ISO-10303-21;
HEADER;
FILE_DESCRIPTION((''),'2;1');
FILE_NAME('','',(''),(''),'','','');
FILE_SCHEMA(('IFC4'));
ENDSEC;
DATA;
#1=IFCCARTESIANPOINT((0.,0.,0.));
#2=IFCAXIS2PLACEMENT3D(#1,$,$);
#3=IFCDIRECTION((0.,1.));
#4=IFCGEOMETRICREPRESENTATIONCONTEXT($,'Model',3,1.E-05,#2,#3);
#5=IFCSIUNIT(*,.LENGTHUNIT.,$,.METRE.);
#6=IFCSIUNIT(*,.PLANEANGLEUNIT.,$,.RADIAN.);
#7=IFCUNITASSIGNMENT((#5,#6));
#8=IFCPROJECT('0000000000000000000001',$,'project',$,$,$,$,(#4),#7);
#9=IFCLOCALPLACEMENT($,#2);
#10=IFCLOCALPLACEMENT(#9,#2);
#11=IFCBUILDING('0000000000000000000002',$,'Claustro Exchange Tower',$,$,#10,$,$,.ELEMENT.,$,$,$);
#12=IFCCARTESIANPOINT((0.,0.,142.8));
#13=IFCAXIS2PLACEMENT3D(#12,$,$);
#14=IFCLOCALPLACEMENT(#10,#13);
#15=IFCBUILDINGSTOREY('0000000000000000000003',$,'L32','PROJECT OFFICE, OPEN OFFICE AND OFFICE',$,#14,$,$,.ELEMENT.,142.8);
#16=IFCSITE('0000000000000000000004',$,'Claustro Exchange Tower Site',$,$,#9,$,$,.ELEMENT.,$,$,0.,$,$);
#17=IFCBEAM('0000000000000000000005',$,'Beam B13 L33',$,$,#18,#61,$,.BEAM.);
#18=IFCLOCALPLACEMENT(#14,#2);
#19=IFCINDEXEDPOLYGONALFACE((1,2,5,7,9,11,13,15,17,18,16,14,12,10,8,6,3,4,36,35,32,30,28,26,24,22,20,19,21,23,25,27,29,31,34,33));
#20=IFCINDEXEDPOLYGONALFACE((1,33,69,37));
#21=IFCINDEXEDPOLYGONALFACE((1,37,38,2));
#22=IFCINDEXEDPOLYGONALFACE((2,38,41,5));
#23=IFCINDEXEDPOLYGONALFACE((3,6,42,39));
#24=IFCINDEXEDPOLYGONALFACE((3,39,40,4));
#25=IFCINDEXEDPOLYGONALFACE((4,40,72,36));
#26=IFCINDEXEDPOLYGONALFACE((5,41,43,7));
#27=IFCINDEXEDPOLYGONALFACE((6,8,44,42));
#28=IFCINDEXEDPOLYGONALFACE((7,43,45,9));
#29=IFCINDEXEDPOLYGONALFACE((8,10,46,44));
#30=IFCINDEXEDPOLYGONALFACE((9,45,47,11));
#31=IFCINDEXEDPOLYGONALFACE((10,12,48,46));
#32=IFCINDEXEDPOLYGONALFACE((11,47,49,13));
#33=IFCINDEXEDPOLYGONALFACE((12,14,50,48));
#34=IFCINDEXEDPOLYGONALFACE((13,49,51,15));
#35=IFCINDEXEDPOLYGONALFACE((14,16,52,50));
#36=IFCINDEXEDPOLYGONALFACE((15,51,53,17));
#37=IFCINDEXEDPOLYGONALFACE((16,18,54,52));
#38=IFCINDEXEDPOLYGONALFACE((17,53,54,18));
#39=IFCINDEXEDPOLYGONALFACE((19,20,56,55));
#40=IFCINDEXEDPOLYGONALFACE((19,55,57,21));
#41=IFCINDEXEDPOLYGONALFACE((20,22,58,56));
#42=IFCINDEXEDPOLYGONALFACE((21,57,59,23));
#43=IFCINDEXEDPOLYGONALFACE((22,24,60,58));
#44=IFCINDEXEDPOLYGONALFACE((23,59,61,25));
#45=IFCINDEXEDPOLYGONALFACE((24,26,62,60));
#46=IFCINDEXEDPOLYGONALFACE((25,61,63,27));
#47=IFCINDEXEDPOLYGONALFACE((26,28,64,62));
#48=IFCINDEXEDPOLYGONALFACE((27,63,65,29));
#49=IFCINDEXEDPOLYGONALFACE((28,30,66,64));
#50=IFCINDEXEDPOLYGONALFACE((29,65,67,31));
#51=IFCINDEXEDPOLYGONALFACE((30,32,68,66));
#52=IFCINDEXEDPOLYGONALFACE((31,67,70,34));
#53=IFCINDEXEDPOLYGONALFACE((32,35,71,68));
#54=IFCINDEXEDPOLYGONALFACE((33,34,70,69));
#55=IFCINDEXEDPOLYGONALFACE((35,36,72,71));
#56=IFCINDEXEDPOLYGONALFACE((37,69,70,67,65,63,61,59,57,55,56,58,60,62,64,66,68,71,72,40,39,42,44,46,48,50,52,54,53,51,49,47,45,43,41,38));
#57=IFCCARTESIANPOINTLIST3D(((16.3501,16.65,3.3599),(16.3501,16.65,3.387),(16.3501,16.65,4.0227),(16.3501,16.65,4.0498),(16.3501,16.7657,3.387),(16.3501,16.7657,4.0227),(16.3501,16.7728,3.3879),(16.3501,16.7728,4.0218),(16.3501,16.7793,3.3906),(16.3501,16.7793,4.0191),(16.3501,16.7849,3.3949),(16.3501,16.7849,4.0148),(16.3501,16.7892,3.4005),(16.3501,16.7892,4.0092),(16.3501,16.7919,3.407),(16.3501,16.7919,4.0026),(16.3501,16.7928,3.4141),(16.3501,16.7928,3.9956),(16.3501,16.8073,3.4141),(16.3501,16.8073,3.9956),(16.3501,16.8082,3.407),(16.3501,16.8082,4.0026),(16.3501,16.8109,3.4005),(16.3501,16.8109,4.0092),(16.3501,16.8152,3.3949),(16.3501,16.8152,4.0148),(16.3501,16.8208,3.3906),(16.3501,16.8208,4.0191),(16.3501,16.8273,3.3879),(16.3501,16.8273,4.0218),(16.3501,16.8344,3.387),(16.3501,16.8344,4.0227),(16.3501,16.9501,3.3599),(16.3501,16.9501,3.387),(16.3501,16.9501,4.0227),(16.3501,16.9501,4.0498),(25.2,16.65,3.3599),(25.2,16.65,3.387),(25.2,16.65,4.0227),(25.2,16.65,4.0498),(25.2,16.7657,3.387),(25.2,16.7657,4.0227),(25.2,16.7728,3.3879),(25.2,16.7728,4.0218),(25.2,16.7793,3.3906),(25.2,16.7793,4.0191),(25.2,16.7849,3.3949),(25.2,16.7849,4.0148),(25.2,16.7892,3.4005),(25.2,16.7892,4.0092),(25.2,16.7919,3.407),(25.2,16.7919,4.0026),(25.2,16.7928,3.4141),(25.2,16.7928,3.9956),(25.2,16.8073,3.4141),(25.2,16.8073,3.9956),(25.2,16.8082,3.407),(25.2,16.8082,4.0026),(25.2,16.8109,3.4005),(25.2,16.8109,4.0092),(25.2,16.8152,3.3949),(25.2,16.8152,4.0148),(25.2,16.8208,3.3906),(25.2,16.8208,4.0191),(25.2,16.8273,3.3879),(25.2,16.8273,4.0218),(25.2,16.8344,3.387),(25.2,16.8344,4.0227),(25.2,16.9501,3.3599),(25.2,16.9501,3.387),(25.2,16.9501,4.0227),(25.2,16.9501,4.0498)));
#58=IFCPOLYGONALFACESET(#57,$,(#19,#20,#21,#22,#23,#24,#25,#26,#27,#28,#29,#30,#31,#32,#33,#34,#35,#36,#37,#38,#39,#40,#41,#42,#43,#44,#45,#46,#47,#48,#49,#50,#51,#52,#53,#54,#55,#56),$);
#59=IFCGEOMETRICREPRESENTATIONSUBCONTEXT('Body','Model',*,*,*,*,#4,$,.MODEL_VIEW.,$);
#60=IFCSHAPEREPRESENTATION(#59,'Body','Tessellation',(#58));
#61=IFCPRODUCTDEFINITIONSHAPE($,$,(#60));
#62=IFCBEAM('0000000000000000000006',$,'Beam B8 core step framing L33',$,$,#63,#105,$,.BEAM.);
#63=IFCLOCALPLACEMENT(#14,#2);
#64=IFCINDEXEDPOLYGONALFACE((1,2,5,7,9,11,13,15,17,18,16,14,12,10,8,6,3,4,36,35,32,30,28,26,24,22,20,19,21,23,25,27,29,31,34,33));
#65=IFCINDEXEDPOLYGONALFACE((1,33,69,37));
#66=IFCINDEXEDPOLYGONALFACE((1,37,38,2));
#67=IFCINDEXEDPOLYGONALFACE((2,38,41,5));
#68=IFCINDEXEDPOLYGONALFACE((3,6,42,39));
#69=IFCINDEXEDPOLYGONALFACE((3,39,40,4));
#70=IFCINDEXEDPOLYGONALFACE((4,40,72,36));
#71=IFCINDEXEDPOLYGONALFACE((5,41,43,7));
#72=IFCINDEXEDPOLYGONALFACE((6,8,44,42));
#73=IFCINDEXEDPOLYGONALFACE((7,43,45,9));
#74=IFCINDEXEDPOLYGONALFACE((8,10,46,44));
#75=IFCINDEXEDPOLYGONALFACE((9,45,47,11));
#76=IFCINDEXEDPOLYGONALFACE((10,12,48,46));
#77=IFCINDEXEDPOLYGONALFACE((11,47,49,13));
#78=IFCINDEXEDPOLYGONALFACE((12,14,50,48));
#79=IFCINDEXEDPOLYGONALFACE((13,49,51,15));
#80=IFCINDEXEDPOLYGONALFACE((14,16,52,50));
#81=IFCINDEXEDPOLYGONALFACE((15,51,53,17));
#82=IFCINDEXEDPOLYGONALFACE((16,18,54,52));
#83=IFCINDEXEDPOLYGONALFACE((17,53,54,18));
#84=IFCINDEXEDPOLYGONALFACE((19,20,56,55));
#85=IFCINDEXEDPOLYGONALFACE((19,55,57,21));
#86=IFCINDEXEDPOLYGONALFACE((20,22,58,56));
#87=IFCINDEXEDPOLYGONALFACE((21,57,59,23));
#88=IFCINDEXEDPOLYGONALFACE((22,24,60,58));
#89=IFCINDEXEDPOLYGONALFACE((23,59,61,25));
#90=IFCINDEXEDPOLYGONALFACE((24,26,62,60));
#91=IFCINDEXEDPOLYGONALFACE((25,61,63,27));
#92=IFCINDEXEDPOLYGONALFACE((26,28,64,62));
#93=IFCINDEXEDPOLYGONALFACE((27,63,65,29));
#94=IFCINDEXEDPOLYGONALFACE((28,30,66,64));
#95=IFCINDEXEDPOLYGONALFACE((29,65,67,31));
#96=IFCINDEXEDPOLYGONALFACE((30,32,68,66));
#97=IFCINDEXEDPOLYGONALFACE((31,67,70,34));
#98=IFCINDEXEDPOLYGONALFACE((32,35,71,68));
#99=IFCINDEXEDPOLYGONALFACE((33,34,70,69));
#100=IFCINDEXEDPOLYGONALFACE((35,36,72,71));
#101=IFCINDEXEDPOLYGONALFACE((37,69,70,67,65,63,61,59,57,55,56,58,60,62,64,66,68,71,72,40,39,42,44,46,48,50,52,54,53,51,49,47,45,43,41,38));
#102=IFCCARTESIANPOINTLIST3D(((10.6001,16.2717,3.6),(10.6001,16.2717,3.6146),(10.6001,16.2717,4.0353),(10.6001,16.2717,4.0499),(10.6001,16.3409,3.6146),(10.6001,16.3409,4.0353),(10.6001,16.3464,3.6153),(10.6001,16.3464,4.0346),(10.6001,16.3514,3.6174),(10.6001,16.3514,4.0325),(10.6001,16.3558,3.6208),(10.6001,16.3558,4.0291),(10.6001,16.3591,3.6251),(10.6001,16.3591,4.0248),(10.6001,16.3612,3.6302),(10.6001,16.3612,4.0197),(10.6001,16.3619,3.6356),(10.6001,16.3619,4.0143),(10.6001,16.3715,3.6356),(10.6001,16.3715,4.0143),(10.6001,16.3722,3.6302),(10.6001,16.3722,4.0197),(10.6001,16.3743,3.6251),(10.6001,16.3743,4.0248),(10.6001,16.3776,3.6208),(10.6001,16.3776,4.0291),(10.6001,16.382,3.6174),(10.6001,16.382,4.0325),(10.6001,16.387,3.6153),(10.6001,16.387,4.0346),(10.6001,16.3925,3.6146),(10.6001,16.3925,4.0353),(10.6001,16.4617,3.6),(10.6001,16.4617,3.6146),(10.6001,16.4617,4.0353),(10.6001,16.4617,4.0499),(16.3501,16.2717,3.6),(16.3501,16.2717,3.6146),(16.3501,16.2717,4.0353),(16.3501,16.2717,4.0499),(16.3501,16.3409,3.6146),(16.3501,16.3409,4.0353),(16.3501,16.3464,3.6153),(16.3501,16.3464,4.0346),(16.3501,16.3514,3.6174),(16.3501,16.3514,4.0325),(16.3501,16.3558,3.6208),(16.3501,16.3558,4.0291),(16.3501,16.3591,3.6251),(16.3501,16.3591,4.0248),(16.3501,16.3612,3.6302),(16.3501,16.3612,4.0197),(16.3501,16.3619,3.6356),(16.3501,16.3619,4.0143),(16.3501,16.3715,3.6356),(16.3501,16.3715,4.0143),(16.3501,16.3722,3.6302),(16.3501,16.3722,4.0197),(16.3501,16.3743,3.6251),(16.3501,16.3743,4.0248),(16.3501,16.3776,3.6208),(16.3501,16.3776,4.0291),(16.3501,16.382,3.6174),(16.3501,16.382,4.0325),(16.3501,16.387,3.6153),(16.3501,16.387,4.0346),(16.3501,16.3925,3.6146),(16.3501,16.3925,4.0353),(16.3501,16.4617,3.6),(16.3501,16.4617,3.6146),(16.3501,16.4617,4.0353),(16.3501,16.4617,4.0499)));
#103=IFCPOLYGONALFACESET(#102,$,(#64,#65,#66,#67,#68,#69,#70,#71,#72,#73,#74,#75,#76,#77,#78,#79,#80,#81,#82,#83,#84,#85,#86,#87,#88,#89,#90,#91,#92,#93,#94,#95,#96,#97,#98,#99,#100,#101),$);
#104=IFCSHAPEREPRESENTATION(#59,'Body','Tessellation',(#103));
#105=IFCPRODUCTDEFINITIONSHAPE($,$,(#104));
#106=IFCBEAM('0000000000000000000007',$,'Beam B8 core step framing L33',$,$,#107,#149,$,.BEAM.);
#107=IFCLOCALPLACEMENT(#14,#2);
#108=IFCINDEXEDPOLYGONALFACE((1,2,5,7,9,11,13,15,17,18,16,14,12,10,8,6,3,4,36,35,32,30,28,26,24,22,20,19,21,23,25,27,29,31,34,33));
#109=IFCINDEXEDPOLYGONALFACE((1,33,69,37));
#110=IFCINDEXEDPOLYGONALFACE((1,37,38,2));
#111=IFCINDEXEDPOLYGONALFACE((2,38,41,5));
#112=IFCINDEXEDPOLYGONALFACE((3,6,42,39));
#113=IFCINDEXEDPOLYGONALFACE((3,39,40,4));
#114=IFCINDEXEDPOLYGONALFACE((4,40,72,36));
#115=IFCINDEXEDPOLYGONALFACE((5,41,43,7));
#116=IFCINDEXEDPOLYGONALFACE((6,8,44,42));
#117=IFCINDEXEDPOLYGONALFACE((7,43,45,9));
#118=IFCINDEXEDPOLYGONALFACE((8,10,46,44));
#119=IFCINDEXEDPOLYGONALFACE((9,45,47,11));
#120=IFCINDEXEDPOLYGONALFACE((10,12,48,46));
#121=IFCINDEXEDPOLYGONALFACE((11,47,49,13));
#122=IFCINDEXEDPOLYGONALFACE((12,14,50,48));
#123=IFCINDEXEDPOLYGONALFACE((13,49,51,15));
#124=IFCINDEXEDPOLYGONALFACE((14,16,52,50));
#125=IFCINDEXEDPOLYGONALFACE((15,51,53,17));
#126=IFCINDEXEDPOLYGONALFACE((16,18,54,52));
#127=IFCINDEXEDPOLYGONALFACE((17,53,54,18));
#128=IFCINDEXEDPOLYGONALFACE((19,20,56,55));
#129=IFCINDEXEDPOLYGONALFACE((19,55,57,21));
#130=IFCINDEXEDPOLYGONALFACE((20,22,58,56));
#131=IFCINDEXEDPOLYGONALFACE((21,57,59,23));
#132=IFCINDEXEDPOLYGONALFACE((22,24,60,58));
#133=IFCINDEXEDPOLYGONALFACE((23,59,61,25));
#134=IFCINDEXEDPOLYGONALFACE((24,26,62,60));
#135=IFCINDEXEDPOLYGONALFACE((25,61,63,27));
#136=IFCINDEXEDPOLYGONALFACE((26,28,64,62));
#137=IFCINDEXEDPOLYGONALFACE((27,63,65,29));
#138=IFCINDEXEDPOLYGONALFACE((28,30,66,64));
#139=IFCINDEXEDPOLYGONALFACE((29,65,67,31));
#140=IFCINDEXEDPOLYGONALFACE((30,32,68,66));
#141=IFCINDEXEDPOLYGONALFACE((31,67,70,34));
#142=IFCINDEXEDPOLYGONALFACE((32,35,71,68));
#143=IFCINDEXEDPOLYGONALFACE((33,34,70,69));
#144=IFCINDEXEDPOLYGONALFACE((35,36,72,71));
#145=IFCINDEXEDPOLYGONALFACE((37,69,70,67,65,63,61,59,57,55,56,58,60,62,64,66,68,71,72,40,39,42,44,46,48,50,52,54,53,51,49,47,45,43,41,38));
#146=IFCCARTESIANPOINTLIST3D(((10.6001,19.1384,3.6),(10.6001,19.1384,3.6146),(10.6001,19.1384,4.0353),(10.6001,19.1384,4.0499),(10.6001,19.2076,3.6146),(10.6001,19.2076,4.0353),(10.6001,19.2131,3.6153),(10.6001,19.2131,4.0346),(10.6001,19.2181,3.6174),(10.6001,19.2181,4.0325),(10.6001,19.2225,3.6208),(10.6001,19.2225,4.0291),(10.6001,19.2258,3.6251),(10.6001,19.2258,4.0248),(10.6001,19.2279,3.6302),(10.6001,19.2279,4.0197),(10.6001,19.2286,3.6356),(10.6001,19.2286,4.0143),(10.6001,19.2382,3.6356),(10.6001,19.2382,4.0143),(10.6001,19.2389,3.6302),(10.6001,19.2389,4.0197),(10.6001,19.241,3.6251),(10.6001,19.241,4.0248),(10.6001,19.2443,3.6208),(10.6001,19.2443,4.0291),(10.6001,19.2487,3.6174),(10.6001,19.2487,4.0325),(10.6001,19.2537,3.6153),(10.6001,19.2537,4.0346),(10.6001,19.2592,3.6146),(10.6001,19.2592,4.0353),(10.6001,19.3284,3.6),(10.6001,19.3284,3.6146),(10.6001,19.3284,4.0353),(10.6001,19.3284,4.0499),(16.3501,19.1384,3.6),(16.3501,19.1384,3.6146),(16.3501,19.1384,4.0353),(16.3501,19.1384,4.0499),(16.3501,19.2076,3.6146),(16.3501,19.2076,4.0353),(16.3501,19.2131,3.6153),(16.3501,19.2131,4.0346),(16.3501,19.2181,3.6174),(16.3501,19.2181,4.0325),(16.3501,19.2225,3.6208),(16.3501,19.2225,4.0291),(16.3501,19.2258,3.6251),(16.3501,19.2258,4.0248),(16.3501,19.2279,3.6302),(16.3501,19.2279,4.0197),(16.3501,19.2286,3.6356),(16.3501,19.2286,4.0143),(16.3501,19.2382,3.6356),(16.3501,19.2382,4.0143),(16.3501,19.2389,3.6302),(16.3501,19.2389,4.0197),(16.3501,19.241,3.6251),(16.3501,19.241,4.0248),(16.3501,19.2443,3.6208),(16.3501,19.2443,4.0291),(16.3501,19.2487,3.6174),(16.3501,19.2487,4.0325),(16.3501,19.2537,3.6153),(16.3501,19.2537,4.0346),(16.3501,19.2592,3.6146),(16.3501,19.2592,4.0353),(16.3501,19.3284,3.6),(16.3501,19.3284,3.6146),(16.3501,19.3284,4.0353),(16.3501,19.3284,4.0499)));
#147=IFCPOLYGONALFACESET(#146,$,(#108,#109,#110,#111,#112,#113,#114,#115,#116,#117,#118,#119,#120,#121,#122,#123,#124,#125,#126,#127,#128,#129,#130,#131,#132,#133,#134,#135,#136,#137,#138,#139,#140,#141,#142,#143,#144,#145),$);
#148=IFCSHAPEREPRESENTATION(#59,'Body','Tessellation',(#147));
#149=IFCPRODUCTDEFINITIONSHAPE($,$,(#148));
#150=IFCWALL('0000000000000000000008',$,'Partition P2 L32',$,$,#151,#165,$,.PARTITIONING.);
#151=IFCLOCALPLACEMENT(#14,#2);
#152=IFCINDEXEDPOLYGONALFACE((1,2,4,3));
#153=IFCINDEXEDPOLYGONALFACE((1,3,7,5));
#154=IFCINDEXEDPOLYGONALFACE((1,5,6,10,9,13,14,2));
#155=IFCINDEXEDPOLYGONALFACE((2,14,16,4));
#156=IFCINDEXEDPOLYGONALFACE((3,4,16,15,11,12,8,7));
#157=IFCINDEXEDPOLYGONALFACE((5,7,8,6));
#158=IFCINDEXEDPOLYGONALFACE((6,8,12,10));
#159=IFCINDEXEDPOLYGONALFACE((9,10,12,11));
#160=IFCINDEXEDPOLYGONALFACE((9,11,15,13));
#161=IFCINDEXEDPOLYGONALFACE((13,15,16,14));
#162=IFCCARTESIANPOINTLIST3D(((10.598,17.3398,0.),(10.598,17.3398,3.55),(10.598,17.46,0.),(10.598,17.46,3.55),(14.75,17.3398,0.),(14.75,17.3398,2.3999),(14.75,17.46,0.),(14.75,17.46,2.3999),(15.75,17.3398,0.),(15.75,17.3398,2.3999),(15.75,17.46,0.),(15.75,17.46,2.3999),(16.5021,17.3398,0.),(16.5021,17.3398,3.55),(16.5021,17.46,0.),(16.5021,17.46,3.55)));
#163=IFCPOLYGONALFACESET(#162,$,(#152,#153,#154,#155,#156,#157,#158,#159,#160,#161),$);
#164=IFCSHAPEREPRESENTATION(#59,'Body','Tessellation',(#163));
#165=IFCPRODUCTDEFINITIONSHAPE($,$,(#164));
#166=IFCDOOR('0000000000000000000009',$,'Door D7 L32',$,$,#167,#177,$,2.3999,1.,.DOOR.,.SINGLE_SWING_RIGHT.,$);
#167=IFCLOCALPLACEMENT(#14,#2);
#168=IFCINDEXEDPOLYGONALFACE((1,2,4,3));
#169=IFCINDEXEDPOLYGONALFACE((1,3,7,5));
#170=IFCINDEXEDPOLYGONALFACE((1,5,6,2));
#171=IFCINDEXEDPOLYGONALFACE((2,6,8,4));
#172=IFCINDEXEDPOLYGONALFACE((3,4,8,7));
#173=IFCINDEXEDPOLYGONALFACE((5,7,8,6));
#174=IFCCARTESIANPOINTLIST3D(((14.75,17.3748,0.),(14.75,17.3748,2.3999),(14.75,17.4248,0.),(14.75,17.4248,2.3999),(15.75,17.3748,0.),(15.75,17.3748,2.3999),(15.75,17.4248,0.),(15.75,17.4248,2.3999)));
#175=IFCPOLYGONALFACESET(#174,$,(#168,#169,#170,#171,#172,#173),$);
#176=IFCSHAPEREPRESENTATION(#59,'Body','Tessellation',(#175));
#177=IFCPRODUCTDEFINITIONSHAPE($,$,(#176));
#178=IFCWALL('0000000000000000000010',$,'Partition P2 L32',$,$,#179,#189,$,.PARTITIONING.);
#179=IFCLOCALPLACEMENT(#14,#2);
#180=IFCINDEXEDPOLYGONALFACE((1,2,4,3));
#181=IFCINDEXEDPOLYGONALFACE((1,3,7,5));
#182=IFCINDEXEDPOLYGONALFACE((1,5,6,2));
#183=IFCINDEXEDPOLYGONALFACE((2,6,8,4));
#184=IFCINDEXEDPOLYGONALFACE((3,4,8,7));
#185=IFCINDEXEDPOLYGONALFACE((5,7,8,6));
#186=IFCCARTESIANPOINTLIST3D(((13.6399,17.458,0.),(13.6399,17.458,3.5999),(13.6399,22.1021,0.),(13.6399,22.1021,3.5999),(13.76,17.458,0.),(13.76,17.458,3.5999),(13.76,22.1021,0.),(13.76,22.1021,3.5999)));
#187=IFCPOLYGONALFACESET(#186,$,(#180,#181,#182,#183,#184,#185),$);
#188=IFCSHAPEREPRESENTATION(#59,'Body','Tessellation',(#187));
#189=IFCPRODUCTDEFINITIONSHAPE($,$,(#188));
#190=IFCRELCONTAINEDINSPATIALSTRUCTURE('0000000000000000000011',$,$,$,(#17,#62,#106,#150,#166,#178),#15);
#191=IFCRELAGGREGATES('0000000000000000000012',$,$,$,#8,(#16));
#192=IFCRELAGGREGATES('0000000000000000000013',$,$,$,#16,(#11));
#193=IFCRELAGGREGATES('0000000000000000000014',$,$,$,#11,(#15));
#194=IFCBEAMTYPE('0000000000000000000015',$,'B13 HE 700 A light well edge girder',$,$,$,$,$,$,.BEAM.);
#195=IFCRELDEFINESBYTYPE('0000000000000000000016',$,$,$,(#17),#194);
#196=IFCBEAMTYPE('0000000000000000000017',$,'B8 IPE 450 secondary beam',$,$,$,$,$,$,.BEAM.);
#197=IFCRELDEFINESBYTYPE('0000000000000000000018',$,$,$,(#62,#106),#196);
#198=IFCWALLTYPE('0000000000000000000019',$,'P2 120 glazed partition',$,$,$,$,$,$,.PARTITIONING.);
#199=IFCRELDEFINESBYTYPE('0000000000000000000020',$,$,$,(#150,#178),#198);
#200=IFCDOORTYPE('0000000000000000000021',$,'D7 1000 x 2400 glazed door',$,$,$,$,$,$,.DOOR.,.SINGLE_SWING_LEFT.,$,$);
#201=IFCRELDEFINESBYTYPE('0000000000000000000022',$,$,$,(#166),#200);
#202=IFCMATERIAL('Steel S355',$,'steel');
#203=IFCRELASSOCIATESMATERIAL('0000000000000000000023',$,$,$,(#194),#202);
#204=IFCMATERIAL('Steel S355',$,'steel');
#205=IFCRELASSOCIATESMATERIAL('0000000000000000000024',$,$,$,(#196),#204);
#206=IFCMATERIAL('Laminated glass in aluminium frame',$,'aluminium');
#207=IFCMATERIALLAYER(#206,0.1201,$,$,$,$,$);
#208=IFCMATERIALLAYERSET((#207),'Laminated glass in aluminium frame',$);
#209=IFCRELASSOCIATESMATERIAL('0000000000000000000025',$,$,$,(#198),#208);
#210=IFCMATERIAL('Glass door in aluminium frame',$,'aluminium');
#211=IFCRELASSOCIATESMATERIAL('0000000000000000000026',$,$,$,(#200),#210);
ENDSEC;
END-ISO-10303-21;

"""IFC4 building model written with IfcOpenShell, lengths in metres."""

from ifc_helpers import new_model, si_unit, direction, frame, frame_2d, origin, origin_2d, place, context, subcontext, project, spatial, rectangle, i_section, extrude, material, layer, layer_set, material_profile, profile_set, type_object, element, fill, save


model = new_model("IFC4")

# Units and contexts
model_context = context("Model", 3, precision=1e-05, world=origin(), true_north=direction((0.0, 1.0)))
body_context = subcontext(model_context, "Body", "Model", "MODEL_VIEW")
ifc_project = project(units=[si_unit("LENGTHUNIT", "METRE"), si_unit("PLANEANGLEUNIT", "RADIAN")], contexts=[model_context])

# Site, building, storey
site_placement = place(None, origin())
site = spatial("IfcSite", under=ifc_project, at=site_placement, Name="Claustro Exchange Tower Site", CompositionType="ELEMENT", RefElevation=0.0)
building_placement = place(site_placement, origin())
building = spatial("IfcBuilding", under=site, at=building_placement, Name="Claustro Exchange Tower", CompositionType="ELEMENT")
storey_placement = place(building_placement, frame((0.0, 0.0, 142.8)))
storey = spatial("IfcBuildingStorey", under=building, at=storey_placement, Name="L32", Description="PROJECT OFFICE, OPEN OFFICE AND OFFICE", CompositionType="ELEMENT", Elevation=142.8)

# Beams
ifc_material_1 = material(Name="Steel S355", Category="steel")
ifc_material_profile_1 = material_profile(ifc_material_1, i_section(OverallWidth=0.3, OverallDepth=0.6899, WebThickness=0.0144, FlangeThickness=0.0271, FilletRadius=0.0271, at=origin_2d()), Name="HE 700 A")
ifc_profile_set_1 = profile_set([ifc_material_profile_1], Name="Steel S355")
beam_type_1 = type_object("IfcBeamType", Name="B13 HE 700 A light well edge girder", PredefinedType="BEAM", material=ifc_profile_set_1)
beam_placement = place(storey_placement, frame((16.3501, 16.8, 3.7048), z_axis=(1.0, 0.0, 0.0), x_axis=(0.0, 1.0, 0.0)))
element("IfcBeam", 1, at=beam_placement, inside=storey, type_object=beam_type_1, Name="Beam B13 L33", PredefinedType="BEAM", context=body_context, shape_type="SweptSolid", body=[
    extrude(i_section(OverallWidth=0.3, OverallDepth=0.6899, WebThickness=0.0144, FlangeThickness=0.0271, FilletRadius=0.0271, at=origin_2d()), origin(), (0.0, 0.0, 1.0), 8.8499),
])
ifc_material_2 = material(Name="Steel S355", Category="steel")
ifc_material_profile_2 = material_profile(ifc_material_2, i_section(OverallWidth=0.1899, OverallDepth=0.45, WebThickness=0.0095, FlangeThickness=0.0146, FilletRadius=0.021, at=origin_2d()), Name="IPE 450")
ifc_profile_set_2 = profile_set([ifc_material_profile_2], Name="Steel S355")
beam_type_2 = type_object("IfcBeamType", Name="B8 IPE 450 secondary beam", PredefinedType="BEAM", material=ifc_profile_set_2)
for number, where, z_axis, x_axis, name in (
    (2, (10.6001, 16.3667, 3.825), (1.0, 0.0, 0.0), (0.0, 1.0, 0.0), "Beam B8 core step framing L33"),
    (3, (10.6001, 19.2334, 3.825), (1.0, 0.0, 0.0), (0.0, 1.0, 0.0), "Beam B8 core step framing L33"),
):
    element("IfcBeam", number, at=place(storey_placement, frame(where, z_axis=z_axis, x_axis=x_axis)), inside=storey, type_object=beam_type_2, Name=name, PredefinedType="BEAM", context=body_context, shape_type="SweptSolid", body=[
        extrude(i_section(OverallWidth=0.1899, OverallDepth=0.45, WebThickness=0.0095, FlangeThickness=0.0146, FilletRadius=0.021, at=origin_2d()), origin(), (0.0, 0.0, 1.0), 5.75),
    ])

# Wall, opening, door
ifc_material_3 = material(Name="Laminated glass in aluminium frame", Category="aluminium")
ifc_layer_1 = layer(ifc_material_3, 0.1201)
ifc_layer_set_1 = layer_set([ifc_layer_1], Name="Laminated glass in aluminium frame")
wall_type_1 = type_object("IfcWallType", Name="P2 120 glazed partition", PredefinedType="PARTITIONING", material=ifc_layer_set_1)
wall_1_placement = place(storey_placement, frame((10.5979, 17.3999, 0.0), z_axis=(0.0, 0.0, 1.0), x_axis=(1.0, 0.0, 0.0)))
wall_1 = element("IfcWall", 4, at=wall_1_placement, inside=storey, type_object=wall_type_1, Name="Partition P2 L32", PredefinedType="PARTITIONING", context=body_context, shape_type="SweptSolid", body=[
    extrude(rectangle(XDim=5.9041, YDim=0.1201, at=frame_2d((2.9521, 0.0))), origin(), (0.0, 0.0, 1.0), 3.55),
])
opening_1_placement = place(wall_1_placement, frame((4.1521, 0.0, 0.0)))
opening_1 = element("IfcOpeningElement", 5, at=opening_1_placement, cuts=wall_1, PredefinedType="OPENING", context=body_context, shape_type="SweptSolid", body=[
    extrude(rectangle(XDim=1.0, YDim=2.3999, at=frame_2d((0.5, 1.2))), frame((0.0, 0.0701, 0.0), z_axis=(0.0, -1.0, 0.0), x_axis=(1.0, 0.0, 0.0)), (0.0, 0.0, 1.0), 0.1401),
])
ifc_material_4 = material(Name="Glass door in aluminium frame", Category="aluminium")
door_type_1 = type_object("IfcDoorType", Name="D7 1000 x 2400 glazed door", OperationType="SINGLE_SWING_LEFT", PredefinedType="DOOR", material=ifc_material_4)
door_1_placement = place(opening_1_placement, origin())
door_1 = element("IfcDoor", 6, at=door_1_placement, inside=storey, type_object=door_type_1, Name="Door D7 L32", OperationType="SINGLE_SWING_RIGHT", OverallHeight=2.3999, OverallWidth=1.0, PredefinedType="DOOR", context=body_context, shape_type="SweptSolid", body=[
    extrude(rectangle(XDim=1.0, YDim=2.3999, at=frame_2d((0.5, 1.2))), frame((0.0, 0.0249, 0.0), z_axis=(0.0, -1.0, 0.0), x_axis=(1.0, 0.0, 0.0)), (0.0, 0.0, 1.0), 0.05),
])
fill(opening_1, door_1)

# Wall
wall_2_placement = place(storey_placement, frame((13.7, 17.458, 0.0), z_axis=(0.0, 0.0, 1.0), x_axis=(0.0, 1.0, 0.0)))
element("IfcWall", 7, at=wall_2_placement, inside=storey, type_object=wall_type_1, Name="Partition P2 L32", PredefinedType="PARTITIONING", context=body_context, shape_type="SweptSolid", body=[
    extrude(rectangle(XDim=4.644, YDim=0.1201, at=frame_2d((2.322, 0.0))), origin(), (0.0, 0.0, 1.0), 3.5999),
])

save(model, "model.ifc")
